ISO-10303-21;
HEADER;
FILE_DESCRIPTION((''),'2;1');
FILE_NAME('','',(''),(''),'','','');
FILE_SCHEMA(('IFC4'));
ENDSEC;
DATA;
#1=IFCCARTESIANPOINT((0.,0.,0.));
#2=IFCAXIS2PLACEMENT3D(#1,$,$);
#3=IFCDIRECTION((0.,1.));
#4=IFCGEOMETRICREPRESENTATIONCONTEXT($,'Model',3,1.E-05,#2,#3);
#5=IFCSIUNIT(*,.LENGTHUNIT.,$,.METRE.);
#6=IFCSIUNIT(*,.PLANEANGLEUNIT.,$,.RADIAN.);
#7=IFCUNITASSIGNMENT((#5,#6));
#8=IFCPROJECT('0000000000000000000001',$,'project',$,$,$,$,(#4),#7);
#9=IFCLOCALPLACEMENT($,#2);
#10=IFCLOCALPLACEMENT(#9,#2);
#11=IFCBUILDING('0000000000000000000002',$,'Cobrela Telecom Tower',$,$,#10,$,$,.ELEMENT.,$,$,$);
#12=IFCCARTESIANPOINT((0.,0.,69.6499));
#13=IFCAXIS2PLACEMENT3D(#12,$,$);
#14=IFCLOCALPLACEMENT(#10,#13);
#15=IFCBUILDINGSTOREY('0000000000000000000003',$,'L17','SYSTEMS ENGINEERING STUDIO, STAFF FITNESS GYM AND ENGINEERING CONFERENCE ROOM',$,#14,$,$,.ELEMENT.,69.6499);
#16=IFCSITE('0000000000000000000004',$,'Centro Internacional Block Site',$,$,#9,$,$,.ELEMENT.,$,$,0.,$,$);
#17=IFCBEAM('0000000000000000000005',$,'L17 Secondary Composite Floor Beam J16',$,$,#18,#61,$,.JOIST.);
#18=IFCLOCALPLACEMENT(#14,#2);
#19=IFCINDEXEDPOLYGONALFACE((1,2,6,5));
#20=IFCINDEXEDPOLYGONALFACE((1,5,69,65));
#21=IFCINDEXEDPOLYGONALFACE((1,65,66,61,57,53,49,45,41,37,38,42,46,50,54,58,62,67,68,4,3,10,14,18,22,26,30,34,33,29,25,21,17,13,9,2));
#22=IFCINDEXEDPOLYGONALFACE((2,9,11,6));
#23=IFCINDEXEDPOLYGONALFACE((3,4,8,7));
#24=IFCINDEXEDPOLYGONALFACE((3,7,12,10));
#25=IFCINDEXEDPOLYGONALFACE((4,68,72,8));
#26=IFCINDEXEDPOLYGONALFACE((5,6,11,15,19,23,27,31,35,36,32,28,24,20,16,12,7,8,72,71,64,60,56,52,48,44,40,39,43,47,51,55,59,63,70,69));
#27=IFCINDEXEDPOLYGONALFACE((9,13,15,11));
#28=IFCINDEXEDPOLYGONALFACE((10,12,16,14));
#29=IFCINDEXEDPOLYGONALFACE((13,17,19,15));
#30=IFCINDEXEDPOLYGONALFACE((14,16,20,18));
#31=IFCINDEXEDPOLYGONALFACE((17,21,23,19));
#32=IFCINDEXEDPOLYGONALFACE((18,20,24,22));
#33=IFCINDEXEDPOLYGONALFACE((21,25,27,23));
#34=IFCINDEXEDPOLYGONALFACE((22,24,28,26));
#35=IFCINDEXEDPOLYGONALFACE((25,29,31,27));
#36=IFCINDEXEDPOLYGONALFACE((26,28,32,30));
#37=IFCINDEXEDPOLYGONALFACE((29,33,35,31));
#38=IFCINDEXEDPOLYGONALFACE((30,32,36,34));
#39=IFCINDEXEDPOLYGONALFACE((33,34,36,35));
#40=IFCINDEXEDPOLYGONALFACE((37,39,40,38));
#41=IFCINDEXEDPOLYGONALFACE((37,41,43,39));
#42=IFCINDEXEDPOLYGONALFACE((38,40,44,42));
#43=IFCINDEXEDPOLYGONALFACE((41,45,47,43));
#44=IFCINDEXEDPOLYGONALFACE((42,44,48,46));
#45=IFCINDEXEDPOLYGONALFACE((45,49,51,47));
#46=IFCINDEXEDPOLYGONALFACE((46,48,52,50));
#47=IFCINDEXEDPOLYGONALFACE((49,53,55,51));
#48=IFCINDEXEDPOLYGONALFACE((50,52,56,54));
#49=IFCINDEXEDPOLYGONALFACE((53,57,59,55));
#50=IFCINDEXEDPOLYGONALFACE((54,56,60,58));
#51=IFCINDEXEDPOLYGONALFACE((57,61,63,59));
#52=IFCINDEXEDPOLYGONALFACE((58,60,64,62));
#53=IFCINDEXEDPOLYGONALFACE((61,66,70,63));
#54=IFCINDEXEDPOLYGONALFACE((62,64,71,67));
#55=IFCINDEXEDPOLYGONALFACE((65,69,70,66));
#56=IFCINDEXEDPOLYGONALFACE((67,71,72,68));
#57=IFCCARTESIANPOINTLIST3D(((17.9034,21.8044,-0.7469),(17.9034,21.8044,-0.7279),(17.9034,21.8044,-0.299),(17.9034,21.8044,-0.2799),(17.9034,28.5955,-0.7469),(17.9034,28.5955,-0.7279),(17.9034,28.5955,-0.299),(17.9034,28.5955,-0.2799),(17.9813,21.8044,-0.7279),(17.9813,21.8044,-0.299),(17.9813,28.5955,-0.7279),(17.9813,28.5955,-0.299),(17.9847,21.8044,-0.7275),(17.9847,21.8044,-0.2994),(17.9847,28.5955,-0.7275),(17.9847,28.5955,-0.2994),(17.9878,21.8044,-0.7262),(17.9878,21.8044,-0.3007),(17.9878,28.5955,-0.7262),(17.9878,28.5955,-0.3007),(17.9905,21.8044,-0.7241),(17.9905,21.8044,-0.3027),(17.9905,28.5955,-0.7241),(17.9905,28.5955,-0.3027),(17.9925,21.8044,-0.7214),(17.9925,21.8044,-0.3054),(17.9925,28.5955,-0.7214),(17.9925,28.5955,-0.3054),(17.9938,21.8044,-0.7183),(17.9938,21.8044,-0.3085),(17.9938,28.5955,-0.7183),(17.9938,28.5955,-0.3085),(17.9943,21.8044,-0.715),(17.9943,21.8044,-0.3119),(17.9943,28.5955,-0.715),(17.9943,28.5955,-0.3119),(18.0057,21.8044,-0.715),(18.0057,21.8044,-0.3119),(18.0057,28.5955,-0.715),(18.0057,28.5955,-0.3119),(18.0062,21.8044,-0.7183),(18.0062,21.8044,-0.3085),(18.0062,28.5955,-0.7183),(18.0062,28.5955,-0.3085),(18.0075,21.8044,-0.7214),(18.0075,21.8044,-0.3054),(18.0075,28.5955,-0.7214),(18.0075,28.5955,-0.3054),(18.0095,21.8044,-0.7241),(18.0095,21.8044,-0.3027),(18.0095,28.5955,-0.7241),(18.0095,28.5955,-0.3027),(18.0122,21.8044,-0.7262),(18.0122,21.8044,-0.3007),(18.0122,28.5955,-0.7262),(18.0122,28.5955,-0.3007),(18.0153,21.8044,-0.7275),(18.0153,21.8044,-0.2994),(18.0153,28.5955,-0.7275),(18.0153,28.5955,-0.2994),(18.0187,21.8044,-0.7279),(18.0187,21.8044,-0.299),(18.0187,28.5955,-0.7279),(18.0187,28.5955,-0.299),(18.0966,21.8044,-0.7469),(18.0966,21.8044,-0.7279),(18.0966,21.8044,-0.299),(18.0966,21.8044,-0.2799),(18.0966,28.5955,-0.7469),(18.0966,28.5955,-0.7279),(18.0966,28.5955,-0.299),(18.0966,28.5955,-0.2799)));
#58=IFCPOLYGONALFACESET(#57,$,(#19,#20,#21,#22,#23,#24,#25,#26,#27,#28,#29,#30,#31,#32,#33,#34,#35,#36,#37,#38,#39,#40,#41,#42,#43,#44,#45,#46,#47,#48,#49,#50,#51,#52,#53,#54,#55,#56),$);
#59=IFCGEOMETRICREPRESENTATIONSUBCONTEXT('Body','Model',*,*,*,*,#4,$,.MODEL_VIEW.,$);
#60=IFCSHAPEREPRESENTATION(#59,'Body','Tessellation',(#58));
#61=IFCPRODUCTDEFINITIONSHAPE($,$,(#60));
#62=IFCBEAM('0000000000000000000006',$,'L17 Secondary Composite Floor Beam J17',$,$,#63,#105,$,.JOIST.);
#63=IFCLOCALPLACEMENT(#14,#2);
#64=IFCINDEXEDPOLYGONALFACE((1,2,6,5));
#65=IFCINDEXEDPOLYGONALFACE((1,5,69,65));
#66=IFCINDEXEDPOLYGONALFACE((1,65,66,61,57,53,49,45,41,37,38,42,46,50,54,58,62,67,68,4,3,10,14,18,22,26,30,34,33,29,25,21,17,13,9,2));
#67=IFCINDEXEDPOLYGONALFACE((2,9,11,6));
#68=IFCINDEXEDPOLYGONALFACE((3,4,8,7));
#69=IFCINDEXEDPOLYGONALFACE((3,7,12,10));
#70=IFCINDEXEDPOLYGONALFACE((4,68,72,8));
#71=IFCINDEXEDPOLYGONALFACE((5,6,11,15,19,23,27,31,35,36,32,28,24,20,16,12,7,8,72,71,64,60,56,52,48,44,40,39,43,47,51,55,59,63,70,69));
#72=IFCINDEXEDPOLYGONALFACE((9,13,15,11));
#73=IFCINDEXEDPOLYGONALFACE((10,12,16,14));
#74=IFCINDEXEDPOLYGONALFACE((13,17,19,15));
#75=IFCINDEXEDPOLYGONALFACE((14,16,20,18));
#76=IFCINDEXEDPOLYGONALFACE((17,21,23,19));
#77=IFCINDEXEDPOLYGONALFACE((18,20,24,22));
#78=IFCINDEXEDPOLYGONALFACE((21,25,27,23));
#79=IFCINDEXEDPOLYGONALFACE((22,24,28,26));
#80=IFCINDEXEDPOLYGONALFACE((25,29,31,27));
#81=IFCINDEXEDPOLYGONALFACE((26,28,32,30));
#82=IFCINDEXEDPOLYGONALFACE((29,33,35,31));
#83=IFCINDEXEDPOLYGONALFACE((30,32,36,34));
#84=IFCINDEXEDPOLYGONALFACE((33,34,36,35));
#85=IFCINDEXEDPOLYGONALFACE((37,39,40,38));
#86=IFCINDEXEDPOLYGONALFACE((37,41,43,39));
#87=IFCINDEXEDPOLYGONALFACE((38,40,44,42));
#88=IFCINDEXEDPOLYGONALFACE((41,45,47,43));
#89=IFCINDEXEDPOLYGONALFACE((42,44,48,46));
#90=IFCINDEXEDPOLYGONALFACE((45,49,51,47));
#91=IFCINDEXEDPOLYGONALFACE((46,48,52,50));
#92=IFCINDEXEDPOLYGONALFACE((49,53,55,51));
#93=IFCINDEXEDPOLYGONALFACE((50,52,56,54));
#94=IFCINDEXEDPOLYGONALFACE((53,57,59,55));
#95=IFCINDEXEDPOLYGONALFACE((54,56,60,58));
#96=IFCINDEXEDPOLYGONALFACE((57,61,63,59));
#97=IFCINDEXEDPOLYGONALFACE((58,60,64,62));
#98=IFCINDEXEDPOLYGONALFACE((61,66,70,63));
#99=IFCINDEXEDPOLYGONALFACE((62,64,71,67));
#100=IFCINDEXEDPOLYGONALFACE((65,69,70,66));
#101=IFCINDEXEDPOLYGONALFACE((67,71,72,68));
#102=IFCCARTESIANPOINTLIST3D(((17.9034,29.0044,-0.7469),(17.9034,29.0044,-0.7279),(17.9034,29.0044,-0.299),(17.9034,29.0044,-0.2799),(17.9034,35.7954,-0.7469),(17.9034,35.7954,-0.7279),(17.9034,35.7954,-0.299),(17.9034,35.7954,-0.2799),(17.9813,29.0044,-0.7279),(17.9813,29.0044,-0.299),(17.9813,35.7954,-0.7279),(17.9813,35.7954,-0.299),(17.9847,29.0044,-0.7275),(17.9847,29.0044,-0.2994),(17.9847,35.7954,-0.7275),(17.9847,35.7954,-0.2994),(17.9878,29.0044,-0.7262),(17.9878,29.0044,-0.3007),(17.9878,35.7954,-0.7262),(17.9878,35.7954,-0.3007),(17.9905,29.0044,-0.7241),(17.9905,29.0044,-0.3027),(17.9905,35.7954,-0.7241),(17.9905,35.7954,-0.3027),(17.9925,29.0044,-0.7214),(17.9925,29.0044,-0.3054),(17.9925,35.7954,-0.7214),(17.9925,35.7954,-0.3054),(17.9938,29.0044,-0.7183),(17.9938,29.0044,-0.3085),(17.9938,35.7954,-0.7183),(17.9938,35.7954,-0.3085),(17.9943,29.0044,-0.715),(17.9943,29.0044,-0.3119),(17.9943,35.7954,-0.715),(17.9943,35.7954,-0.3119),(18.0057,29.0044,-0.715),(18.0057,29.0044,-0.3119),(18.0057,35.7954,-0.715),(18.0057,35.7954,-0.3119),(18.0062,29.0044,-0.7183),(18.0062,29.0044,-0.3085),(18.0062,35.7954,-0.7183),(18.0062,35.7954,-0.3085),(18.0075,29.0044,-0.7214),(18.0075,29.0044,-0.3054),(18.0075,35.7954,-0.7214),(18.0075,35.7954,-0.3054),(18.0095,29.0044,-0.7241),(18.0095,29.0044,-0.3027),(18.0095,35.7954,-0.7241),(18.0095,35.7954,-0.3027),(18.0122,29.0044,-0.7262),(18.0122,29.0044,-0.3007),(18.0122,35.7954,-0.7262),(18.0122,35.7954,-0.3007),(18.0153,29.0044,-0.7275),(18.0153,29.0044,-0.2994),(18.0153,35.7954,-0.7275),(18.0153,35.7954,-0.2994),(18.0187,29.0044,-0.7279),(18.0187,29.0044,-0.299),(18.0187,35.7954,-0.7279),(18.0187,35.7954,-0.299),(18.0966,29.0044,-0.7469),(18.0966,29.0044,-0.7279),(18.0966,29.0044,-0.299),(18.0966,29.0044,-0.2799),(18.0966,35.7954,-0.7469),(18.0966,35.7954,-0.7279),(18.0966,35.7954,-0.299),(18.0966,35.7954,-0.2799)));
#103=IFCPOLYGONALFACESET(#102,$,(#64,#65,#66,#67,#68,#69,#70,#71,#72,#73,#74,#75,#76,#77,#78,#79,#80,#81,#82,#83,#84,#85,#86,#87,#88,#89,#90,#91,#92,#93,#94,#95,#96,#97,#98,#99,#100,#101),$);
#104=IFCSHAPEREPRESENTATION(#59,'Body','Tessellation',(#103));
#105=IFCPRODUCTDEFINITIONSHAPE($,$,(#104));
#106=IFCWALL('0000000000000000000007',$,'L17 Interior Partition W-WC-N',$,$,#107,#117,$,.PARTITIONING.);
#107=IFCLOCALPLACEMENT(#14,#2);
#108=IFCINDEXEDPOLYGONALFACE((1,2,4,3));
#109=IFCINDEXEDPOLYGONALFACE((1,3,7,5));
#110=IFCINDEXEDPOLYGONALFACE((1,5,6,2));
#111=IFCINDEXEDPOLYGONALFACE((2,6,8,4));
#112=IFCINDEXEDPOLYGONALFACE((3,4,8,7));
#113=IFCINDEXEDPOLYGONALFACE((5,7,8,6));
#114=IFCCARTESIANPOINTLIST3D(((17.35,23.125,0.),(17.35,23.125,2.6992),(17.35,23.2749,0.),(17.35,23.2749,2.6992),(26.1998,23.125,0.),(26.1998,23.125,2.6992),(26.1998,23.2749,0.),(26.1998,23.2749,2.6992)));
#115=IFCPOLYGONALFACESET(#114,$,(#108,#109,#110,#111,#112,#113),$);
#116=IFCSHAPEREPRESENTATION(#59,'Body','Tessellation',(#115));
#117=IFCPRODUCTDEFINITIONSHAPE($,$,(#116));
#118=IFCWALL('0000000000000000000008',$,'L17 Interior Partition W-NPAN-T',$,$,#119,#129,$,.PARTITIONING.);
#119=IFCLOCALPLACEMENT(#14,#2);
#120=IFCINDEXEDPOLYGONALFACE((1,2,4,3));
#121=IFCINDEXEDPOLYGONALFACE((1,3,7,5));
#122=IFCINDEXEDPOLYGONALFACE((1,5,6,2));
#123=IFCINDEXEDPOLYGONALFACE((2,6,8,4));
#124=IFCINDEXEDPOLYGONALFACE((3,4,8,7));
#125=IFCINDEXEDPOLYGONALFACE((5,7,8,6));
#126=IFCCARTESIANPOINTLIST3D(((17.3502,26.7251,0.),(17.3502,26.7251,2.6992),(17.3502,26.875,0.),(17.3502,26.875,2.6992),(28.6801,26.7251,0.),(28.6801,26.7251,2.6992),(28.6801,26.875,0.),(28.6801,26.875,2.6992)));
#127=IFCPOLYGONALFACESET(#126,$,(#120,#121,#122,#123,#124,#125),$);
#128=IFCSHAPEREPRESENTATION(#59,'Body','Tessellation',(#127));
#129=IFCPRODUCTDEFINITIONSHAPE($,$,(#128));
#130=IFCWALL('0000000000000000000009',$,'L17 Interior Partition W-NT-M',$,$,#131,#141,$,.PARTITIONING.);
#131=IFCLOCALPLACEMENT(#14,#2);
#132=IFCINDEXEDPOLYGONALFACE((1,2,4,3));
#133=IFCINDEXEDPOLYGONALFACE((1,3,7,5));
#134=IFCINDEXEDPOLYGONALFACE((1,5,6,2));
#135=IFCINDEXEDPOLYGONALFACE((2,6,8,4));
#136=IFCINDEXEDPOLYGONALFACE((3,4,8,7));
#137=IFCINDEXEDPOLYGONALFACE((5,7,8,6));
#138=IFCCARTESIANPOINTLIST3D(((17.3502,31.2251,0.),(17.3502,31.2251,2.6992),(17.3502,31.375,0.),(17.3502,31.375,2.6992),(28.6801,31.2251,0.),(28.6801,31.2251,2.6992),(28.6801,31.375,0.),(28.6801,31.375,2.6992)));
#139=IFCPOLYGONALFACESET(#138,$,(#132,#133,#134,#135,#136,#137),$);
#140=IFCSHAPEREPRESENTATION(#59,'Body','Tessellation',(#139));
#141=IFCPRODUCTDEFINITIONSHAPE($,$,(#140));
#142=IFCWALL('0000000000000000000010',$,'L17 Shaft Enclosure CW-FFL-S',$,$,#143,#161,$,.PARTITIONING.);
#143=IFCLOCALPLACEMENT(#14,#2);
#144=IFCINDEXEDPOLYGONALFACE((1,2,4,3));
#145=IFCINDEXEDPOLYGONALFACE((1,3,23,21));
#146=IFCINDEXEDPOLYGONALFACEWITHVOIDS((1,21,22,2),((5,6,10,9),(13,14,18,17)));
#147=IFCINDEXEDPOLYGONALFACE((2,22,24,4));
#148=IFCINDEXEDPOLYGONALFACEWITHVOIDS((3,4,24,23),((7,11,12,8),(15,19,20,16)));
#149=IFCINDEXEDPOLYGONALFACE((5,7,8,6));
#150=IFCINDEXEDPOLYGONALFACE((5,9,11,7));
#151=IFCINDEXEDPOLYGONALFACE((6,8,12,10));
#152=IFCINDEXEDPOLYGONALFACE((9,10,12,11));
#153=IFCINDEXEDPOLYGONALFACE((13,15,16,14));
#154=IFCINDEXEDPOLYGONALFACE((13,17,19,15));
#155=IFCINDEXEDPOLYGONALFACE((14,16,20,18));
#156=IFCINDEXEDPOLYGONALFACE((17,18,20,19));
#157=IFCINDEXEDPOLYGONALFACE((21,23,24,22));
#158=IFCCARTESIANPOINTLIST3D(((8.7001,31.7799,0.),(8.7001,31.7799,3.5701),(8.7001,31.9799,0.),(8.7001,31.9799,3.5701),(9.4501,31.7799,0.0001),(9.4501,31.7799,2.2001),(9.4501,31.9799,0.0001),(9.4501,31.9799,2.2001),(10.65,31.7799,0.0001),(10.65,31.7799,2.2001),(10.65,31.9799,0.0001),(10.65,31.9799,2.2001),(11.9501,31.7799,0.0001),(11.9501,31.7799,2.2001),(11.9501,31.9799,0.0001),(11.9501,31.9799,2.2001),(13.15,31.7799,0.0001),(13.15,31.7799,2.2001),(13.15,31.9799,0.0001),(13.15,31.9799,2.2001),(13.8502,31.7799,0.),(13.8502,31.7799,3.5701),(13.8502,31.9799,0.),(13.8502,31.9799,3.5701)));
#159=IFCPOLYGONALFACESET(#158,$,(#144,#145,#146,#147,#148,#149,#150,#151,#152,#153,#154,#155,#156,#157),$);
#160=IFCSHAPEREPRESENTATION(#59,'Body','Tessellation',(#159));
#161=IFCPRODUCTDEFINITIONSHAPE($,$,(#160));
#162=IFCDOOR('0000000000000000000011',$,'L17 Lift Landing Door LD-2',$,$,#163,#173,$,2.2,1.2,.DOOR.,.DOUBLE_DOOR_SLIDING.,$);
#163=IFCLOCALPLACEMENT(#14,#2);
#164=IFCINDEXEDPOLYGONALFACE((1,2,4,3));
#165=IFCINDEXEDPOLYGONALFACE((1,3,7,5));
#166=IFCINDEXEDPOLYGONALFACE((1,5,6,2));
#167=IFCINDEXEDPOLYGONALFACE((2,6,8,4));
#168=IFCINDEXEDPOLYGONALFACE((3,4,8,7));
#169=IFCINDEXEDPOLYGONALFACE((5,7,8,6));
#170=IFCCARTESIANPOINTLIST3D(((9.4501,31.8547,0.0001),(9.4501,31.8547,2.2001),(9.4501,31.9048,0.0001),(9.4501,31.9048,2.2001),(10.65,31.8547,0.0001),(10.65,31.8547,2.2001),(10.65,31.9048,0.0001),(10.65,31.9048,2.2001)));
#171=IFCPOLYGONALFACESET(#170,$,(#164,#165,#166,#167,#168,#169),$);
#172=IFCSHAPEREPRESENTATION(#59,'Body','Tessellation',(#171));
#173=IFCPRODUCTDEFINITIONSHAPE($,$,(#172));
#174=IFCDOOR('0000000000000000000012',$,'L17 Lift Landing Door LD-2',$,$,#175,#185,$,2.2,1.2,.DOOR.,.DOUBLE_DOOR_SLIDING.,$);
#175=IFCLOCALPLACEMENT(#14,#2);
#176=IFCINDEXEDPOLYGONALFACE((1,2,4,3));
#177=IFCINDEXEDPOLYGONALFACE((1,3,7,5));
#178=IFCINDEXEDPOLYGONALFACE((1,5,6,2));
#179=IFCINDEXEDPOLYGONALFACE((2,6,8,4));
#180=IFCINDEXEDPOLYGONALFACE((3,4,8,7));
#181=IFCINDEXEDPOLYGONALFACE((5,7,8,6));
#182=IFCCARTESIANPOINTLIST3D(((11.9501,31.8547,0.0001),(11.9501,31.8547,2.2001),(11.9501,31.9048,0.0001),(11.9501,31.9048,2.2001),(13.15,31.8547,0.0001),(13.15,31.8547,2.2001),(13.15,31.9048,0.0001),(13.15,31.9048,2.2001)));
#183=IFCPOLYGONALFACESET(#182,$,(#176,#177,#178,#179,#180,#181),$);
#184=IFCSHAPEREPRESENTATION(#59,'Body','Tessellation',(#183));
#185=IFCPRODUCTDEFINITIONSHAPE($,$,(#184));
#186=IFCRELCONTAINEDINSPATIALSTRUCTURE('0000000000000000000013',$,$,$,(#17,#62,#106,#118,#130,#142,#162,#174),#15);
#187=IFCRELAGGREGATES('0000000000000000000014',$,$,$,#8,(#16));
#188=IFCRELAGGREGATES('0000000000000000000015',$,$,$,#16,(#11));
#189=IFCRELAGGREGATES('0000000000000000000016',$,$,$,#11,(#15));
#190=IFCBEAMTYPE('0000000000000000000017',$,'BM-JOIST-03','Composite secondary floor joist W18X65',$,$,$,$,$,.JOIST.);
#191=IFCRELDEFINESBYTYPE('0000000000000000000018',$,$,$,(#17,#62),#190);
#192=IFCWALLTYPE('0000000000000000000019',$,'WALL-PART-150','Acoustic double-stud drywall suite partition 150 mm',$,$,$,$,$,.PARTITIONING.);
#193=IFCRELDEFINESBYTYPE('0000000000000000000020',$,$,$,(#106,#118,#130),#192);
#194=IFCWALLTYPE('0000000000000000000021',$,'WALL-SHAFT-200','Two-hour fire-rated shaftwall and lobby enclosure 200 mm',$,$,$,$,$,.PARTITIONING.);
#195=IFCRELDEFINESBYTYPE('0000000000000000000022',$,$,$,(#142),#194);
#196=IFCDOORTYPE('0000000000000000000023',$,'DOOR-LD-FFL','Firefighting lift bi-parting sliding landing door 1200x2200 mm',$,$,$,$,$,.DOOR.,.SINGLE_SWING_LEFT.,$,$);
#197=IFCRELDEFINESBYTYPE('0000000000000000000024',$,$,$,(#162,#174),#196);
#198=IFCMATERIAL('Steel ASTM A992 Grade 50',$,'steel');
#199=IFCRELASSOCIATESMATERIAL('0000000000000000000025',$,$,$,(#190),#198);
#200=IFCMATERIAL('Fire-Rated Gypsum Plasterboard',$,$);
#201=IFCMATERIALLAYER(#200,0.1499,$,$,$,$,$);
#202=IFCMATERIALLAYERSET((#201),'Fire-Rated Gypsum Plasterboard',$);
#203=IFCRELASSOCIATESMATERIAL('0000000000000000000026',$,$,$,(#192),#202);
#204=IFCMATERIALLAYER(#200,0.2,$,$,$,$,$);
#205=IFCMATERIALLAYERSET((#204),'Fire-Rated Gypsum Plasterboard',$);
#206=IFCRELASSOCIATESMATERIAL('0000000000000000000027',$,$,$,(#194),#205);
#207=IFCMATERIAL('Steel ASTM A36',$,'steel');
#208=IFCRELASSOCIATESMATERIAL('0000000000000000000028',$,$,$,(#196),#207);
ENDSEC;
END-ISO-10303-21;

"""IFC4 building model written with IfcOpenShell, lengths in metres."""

from ifc_helpers import new_model, si_unit, direction, frame, frame_2d, origin, origin_2d, place, context, subcontext, project, spatial, rectangle, i_section, extrude, material, layer, layer_set, material_profile, profile_set, type_object, element, fill, save


model = new_model("IFC4")

# Units and contexts
model_context = context("Model", 3, precision=1e-05, world=origin(), true_north=direction((0.0, 1.0)))
body_context = subcontext(model_context, "Body", "Model", "MODEL_VIEW")
ifc_project = project(units=[si_unit("LENGTHUNIT", "METRE"), si_unit("PLANEANGLEUNIT", "RADIAN")], contexts=[model_context])

# Site, building, storey
site_placement = place(None, origin())
site = spatial("IfcSite", under=ifc_project, at=site_placement, Name="Centro Internacional Block Site", CompositionType="ELEMENT", RefElevation=0.0)
building_placement = place(site_placement, origin())
building = spatial("IfcBuilding", under=site, at=building_placement, Name="Cobrela Telecom Tower", CompositionType="ELEMENT")
storey_placement = place(building_placement, frame((0.0, 0.0, 69.6499)))
storey = spatial("IfcBuildingStorey", under=building, at=storey_placement, Name="L17", Description="SYSTEMS ENGINEERING STUDIO, STAFF FITNESS GYM AND ENGINEERING CONFERENCE ROOM", CompositionType="ELEMENT", Elevation=69.6499)

# Beams
ifc_material_1 = material(Name="Steel ASTM A992 Grade 50", Category="steel")
ifc_material_profile_1 = material_profile(ifc_material_1, i_section(OverallWidth=0.1931, OverallDepth=0.467, WebThickness=0.0115, FlangeThickness=0.019, FilletRadius=0.0129, at=origin_2d()), Name="W18X65")
ifc_profile_set_1 = profile_set([ifc_material_profile_1], Name="Steel ASTM A992 Grade 50")
beam_type_1 = type_object("IfcBeamType", Name="BM-JOIST-03", Description="Composite secondary floor joist W18X65", PredefinedType="JOIST", material=ifc_profile_set_1)
for number, where, z_axis, x_axis, name in (
    (1, (18.0, 21.8044, -0.5134), (0.0, 1.0, 0.0), (-1.0, 0.0, 0.0), "L17 Secondary Composite Floor Beam J16"),
    (2, (18.0, 29.0044, -0.5134), (0.0, 1.0, 0.0), (-1.0, 0.0, 0.0), "L17 Secondary Composite Floor Beam J17"),
):
    element("IfcBeam", number, at=place(storey_placement, frame(where, z_axis=z_axis, x_axis=x_axis)), inside=storey, type_object=beam_type_1, Name=name, PredefinedType="JOIST", context=body_context, shape_type="SweptSolid", body=[
        extrude(i_section(OverallWidth=0.1931, OverallDepth=0.467, WebThickness=0.0115, FlangeThickness=0.019, FilletRadius=0.0129, at=origin_2d()), origin(), (0.0, 0.0, 1.0), 6.791),
    ])

# Shared definitions
ifc_material_2 = material(Name="Steel ASTM A36", Category="steel")

# Walls
ifc_material_3 = material(Name="Fire-Rated Gypsum Plasterboard")
ifc_layer_1 = layer(ifc_material_3, 0.1499)
ifc_layer_set_1 = layer_set([ifc_layer_1], Name="Fire-Rated Gypsum Plasterboard")
wall_type_1 = type_object("IfcWallType", Name="WALL-PART-150", Description="Acoustic double-stud drywall suite partition 150 mm", PredefinedType="PARTITIONING", material=ifc_layer_set_1)
wall_1_placement = place(storey_placement, frame((17.3501, 23.2, 0.0), z_axis=(0.0, 0.0, 1.0), x_axis=(1.0, 0.0, 0.0)))
element("IfcWall", 3, at=wall_1_placement, inside=storey, type_object=wall_type_1, Name="L17 Interior Partition W-WC-N", PredefinedType="PARTITIONING", context=body_context, shape_type="SweptSolid", body=[
    extrude(rectangle(XDim=8.8499, YDim=0.1499, at=frame_2d((4.4248, 0.0))), origin(), (0.0, 0.0, 1.0), 2.6992),
])
for number, where, z_axis, x_axis, name in (
    (4, (17.3501, 26.8, 0.0), (0.0, 0.0, 1.0), (1.0, 0.0, 0.0), "L17 Interior Partition W-NPAN-T"),
    (5, (17.3501, 31.3, 0.0), (0.0, 0.0, 1.0), (1.0, 0.0, 0.0), "L17 Interior Partition W-NT-M"),
):
    element("IfcWall", number, at=place(storey_placement, frame(where, z_axis=z_axis, x_axis=x_axis)), inside=storey, type_object=wall_type_1, Name=name, PredefinedType="PARTITIONING", context=body_context, shape_type="SweptSolid", body=[
        extrude(rectangle(XDim=11.3298, YDim=0.1499, at=frame_2d((5.665, 0.0))), origin(), (0.0, 0.0, 1.0), 2.6992),
    ])

# Wall, openings, doors
ifc_layer_2 = layer(ifc_material_3, 0.2)
ifc_layer_set_2 = layer_set([ifc_layer_2], Name="Fire-Rated Gypsum Plasterboard")
wall_type_2 = type_object("IfcWallType", Name="WALL-SHAFT-200", Description="Two-hour fire-rated shaftwall and lobby enclosure 200 mm", PredefinedType="PARTITIONING", material=ifc_layer_set_2)
wall_2_placement = place(storey_placement, frame((8.7, 31.8799, 0.0), z_axis=(0.0, 0.0, 1.0), x_axis=(1.0, 0.0, 0.0)))
wall_2 = element("IfcWall", 6, at=wall_2_placement, inside=storey, type_object=wall_type_2, Name="L17 Shaft Enclosure CW-FFL-S", PredefinedType="PARTITIONING", context=body_context, shape_type="SweptSolid", body=[
    extrude(rectangle(XDim=5.1501, YDim=0.2, at=frame_2d((2.5752, 0.0))), origin(), (0.0, 0.0, 1.0), 3.5701),
])
opening_1_placement = place(wall_2_placement, frame((0.75, 0.0, 0.0)))
opening_1 = element("IfcOpeningElement", 7, at=opening_1_placement, cuts=wall_2, PredefinedType="OPENING", context=body_context, shape_type="SweptSolid", body=[
    extrude(rectangle(XDim=1.2, YDim=2.2, at=frame_2d((0.6001, 1.1001))), frame((0.0, 0.1118, 0.0), z_axis=(0.0, -1.0, 0.0), x_axis=(1.0, 0.0, 0.0)), (0.0, 0.0, 1.0), 0.2239),
])
opening_2_placement = place(wall_2_placement, frame((3.25, 0.0, 0.0)))
opening_2 = element("IfcOpeningElement", 8, at=opening_2_placement, cuts=wall_2, PredefinedType="OPENING", context=body_context, shape_type="SweptSolid", body=[
    extrude(rectangle(XDim=1.2, YDim=2.2, at=frame_2d((0.6001, 1.1001))), frame((0.0, 0.1118, 0.0), z_axis=(0.0, -1.0, 0.0), x_axis=(1.0, 0.0, 0.0)), (0.0, 0.0, 1.0), 0.2239),
])
door_type_1 = type_object("IfcDoorType", Name="DOOR-LD-FFL", Description="Firefighting lift bi-parting sliding landing door 1200x2200 mm", OperationType="SINGLE_SWING_LEFT", PredefinedType="DOOR", material=ifc_material_2)
door_1_placement = place(opening_1_placement, origin())
door_1 = element("IfcDoor", 9, at=door_1_placement, inside=storey, type_object=door_type_1, Name="L17 Lift Landing Door LD-2", OperationType="DOUBLE_DOOR_SLIDING", OverallHeight=2.2, OverallWidth=1.2, PredefinedType="DOOR", context=body_context, shape_type="SweptSolid", body=[
    extrude(rectangle(XDim=1.2, YDim=2.2, at=frame_2d((0.6001, 1.1001))), frame((0.0, 0.0249, 0.0), z_axis=(0.0, -1.0, 0.0), x_axis=(1.0, 0.0, 0.0)), (0.0, 0.0, 1.0), 0.05),
])
fill(opening_1, door_1)
door_2_placement = place(opening_2_placement, origin())
door_2 = element("IfcDoor", 10, at=door_2_placement, inside=storey, type_object=door_type_1, Name="L17 Lift Landing Door LD-2", OperationType="DOUBLE_DOOR_SLIDING", OverallHeight=2.2, OverallWidth=1.2, PredefinedType="DOOR", context=body_context, shape_type="SweptSolid", body=[
    extrude(rectangle(XDim=1.2, YDim=2.2, at=frame_2d((0.6001, 1.1001))), frame((0.0, 0.0249, 0.0), z_axis=(0.0, -1.0, 0.0), x_axis=(1.0, 0.0, 0.0)), (0.0, 0.0, 1.0), 0.05),
])
fill(opening_2, door_2)

save(model, "model.ifc")
